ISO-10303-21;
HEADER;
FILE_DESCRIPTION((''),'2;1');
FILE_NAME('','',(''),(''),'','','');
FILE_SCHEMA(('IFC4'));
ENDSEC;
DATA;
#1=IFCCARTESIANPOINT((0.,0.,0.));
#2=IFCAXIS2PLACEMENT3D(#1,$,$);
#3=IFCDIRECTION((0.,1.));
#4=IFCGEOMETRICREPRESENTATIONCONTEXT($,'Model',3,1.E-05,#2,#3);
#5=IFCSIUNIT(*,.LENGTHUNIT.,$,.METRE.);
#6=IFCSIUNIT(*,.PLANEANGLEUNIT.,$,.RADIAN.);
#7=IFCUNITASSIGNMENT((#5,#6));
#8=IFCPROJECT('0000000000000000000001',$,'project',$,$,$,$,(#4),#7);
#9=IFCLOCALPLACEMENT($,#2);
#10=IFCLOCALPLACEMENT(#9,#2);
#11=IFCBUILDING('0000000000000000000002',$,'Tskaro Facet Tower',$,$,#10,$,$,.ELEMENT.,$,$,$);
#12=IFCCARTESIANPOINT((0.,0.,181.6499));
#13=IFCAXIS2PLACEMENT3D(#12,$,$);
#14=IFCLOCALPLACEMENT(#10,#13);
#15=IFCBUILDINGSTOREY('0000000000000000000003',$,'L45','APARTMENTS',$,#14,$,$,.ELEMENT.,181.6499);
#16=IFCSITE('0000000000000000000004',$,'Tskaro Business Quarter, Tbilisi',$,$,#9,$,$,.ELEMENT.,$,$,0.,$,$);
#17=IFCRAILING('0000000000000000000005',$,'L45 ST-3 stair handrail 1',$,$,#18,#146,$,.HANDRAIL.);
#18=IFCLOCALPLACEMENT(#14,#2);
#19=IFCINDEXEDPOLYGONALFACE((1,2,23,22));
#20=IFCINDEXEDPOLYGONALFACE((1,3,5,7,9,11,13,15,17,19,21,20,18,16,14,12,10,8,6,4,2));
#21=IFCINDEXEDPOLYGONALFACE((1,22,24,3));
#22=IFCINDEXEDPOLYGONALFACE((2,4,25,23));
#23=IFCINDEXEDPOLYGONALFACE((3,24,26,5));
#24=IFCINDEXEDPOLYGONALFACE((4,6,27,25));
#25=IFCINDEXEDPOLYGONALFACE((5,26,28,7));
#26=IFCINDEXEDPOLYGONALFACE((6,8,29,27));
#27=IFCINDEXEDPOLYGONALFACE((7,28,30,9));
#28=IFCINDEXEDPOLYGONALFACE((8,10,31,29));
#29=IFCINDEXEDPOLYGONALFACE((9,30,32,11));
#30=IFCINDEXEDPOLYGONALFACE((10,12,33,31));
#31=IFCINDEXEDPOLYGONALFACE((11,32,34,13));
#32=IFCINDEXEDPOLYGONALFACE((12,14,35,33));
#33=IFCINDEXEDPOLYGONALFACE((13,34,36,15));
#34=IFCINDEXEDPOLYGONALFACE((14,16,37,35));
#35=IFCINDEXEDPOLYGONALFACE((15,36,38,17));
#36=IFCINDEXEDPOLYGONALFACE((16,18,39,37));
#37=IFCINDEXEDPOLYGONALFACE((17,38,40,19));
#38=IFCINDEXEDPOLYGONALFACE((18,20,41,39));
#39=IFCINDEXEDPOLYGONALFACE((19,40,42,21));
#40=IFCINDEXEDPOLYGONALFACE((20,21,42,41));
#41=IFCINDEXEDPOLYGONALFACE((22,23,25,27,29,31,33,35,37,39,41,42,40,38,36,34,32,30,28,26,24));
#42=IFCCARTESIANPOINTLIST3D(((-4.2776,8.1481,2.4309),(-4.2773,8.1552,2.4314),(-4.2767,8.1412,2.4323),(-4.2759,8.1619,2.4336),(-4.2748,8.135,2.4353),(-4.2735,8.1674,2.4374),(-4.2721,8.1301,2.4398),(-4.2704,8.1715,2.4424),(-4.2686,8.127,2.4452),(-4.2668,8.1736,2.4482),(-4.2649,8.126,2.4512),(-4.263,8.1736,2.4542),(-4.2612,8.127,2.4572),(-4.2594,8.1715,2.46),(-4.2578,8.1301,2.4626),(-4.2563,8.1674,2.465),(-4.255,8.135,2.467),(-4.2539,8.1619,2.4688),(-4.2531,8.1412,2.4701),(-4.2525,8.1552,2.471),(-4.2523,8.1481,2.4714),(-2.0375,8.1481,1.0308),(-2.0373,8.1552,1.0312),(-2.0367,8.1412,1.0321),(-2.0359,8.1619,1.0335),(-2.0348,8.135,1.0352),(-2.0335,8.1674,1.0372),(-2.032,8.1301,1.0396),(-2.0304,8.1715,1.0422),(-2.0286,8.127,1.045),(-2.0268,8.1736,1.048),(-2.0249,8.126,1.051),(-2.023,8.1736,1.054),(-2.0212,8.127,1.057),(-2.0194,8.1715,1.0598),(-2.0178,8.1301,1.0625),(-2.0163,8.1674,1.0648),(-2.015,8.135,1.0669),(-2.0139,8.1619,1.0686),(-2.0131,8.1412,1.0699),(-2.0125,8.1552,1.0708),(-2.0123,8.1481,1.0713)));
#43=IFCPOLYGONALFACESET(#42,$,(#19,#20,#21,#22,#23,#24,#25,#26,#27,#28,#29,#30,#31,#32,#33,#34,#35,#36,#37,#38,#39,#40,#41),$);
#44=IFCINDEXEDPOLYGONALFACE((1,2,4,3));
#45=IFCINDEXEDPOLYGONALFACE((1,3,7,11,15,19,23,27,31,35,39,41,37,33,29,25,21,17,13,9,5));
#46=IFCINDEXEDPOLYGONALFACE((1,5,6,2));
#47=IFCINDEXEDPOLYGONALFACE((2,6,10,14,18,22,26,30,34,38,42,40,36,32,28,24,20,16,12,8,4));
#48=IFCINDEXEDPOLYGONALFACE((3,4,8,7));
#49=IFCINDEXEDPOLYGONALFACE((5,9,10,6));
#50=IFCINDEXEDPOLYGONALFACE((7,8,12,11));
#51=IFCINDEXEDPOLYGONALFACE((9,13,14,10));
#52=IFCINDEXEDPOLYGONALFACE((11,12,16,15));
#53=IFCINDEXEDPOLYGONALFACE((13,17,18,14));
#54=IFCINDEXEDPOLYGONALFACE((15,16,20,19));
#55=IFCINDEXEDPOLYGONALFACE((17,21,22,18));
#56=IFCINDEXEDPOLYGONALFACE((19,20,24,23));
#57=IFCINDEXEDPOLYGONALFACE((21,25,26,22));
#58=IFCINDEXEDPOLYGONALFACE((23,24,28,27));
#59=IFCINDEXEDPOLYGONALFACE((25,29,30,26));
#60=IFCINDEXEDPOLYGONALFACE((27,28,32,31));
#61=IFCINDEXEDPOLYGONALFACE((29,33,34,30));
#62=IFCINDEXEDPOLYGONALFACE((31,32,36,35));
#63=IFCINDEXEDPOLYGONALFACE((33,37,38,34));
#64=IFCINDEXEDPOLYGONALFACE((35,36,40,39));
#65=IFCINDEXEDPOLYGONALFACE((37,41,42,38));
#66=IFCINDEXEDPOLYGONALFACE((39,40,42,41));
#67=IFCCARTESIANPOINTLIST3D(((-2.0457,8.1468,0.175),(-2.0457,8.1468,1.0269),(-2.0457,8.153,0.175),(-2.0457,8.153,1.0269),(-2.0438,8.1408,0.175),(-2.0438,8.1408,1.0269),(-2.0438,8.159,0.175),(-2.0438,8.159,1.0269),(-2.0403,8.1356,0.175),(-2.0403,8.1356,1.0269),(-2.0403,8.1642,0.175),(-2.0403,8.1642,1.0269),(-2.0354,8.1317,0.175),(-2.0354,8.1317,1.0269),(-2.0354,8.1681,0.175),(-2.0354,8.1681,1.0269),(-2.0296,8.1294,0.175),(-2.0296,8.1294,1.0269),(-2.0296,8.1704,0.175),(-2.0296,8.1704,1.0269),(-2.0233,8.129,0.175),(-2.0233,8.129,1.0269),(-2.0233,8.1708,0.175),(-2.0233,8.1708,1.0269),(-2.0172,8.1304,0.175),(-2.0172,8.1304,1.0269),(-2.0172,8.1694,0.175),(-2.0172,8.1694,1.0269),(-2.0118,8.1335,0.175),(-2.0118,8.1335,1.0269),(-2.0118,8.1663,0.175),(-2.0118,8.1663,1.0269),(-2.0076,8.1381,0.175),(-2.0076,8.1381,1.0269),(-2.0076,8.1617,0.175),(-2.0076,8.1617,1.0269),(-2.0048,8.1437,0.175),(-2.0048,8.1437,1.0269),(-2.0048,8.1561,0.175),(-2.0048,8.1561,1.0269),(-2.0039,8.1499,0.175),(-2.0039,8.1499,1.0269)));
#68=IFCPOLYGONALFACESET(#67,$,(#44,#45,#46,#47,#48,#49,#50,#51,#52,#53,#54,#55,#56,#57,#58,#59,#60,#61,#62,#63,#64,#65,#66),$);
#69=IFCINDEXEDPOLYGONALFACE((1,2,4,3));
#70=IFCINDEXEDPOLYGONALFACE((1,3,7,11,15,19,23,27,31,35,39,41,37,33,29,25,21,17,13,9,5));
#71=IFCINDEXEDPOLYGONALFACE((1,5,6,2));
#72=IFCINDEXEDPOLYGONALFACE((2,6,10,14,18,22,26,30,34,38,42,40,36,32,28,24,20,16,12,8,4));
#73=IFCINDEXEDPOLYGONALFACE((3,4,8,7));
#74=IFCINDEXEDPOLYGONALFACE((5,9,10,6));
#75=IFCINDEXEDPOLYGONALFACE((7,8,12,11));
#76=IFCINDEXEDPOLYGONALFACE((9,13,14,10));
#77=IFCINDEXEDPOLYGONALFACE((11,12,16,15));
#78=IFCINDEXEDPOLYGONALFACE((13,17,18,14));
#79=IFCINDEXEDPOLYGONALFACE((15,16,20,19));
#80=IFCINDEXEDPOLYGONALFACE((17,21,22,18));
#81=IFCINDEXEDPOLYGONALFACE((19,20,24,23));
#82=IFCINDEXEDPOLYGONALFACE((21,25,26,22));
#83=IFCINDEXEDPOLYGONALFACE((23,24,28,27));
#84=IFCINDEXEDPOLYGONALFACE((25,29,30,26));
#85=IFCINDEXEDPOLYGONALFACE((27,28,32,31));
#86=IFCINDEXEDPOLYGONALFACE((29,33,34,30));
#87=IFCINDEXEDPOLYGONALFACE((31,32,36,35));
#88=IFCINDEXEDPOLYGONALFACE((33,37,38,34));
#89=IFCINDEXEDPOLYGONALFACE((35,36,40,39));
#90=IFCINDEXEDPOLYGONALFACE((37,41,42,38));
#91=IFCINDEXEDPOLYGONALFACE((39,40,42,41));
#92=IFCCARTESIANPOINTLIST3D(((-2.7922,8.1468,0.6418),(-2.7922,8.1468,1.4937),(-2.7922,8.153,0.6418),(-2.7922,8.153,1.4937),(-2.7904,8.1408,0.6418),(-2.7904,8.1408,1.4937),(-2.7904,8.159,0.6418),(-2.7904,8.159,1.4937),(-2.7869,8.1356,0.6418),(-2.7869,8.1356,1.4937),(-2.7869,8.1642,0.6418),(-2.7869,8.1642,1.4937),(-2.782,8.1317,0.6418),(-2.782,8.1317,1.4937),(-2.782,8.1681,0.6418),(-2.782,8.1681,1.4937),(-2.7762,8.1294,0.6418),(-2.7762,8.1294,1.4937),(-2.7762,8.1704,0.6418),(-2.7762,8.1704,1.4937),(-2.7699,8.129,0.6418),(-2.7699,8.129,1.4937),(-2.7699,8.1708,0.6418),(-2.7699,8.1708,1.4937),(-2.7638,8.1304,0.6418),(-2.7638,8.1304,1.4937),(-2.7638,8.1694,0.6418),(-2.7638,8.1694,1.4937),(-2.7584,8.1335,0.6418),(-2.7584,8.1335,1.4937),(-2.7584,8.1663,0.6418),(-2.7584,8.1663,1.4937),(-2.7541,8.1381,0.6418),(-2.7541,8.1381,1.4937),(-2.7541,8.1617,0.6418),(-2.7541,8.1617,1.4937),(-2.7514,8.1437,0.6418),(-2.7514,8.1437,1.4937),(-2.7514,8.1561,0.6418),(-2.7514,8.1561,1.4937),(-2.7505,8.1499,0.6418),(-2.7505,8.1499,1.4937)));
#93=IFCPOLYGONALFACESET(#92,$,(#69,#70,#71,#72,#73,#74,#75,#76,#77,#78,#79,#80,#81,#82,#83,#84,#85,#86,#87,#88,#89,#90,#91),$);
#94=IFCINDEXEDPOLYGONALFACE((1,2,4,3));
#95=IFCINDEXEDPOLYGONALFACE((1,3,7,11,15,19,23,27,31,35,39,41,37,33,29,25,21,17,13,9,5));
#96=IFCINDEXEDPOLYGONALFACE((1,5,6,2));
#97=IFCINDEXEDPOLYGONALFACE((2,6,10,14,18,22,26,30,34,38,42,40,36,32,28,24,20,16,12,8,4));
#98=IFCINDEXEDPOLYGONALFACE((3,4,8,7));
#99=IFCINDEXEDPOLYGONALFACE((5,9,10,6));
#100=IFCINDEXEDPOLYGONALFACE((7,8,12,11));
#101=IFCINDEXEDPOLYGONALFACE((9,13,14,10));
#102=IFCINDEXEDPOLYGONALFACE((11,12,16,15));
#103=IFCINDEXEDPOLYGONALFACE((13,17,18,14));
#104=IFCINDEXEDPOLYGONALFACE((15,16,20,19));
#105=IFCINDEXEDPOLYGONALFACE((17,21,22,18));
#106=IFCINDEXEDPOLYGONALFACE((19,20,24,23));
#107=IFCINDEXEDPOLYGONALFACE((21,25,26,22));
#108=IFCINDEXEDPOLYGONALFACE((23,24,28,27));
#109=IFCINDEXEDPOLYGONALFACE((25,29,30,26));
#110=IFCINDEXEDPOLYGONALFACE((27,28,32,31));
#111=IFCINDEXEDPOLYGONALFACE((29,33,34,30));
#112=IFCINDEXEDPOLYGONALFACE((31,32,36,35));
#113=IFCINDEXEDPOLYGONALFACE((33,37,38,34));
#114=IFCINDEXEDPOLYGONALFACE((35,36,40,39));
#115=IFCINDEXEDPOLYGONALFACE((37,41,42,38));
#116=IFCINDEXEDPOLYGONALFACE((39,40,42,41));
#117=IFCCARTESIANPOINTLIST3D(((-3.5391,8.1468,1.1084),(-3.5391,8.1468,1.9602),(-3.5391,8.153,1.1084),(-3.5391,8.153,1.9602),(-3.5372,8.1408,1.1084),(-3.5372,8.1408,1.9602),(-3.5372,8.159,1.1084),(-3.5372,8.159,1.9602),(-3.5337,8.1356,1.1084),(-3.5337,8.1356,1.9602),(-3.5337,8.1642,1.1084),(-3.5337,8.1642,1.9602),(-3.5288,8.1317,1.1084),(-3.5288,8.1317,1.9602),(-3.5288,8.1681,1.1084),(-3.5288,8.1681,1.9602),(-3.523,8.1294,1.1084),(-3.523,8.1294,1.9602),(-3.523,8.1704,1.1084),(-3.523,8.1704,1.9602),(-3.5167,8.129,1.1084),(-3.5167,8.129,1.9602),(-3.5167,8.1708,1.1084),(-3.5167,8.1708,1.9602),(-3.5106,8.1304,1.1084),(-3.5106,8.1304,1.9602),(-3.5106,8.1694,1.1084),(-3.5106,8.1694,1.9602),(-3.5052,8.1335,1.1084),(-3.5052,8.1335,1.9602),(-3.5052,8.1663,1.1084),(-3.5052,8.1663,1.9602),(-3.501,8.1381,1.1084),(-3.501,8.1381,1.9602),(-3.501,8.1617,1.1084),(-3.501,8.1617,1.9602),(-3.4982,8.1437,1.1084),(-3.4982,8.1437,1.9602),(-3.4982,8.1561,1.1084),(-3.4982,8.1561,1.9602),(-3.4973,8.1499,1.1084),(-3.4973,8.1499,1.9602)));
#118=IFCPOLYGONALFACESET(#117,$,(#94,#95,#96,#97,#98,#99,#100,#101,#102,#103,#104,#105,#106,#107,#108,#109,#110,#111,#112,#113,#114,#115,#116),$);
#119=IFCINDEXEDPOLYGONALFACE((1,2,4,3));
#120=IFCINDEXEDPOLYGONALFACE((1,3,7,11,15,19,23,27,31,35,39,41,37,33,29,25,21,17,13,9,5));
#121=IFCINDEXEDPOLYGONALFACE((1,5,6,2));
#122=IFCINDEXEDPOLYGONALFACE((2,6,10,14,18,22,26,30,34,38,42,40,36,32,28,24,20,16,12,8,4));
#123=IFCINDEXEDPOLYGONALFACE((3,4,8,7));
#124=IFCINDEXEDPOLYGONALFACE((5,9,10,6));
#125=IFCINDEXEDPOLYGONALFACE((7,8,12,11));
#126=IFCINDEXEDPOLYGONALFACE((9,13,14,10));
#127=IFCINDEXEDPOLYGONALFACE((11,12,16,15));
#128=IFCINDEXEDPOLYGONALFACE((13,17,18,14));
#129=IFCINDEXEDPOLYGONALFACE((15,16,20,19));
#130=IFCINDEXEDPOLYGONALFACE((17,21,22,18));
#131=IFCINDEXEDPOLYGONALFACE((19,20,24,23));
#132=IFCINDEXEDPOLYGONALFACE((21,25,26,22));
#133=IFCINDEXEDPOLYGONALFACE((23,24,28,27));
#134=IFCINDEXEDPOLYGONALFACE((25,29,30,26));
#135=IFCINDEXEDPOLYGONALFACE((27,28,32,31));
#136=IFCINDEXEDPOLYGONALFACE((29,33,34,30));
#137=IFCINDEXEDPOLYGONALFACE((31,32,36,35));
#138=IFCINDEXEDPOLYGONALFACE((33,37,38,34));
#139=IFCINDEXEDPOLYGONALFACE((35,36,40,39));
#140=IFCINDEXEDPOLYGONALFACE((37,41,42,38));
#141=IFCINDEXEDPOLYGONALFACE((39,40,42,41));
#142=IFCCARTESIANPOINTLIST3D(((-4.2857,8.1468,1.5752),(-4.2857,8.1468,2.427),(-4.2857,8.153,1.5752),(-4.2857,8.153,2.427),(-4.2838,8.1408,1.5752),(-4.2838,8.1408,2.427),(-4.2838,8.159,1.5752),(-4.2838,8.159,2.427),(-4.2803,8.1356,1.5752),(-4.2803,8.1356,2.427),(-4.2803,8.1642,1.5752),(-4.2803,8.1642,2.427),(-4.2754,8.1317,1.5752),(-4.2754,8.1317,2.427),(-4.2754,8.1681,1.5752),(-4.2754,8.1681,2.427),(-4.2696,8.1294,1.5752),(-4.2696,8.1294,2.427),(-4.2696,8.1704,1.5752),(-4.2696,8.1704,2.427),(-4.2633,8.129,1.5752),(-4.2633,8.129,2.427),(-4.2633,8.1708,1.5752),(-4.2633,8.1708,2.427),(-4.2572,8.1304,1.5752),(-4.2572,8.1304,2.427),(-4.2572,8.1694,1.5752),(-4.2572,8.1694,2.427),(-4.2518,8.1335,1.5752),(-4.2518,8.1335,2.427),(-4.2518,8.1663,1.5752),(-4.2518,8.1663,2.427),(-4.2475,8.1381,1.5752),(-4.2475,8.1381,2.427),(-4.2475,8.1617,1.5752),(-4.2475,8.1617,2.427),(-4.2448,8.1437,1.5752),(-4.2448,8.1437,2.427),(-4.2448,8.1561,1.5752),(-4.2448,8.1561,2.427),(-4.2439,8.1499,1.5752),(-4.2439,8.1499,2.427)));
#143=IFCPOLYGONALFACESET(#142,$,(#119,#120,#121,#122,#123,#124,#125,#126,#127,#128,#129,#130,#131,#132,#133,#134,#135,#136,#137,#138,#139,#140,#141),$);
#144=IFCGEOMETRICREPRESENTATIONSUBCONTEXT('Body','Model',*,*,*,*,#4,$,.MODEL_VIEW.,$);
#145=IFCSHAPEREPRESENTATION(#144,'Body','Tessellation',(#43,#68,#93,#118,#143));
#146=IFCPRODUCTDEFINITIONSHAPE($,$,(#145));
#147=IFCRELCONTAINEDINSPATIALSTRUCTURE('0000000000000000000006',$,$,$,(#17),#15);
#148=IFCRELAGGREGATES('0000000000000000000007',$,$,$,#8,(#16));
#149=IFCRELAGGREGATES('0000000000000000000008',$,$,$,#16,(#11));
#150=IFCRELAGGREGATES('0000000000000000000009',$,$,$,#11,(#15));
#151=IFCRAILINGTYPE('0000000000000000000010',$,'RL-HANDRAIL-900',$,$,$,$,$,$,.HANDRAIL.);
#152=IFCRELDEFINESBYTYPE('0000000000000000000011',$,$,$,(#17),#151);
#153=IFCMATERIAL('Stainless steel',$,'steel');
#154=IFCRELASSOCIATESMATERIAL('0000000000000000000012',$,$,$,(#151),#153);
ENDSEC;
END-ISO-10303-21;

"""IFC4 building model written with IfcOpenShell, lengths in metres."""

from ifc_helpers import new_model, si_unit, direction, frame, origin, origin_2d, place, context, subcontext, project, spatial, circle, extrude, material, type_object, element, save


model = new_model("IFC4")

# Units and contexts
model_context = context("Model", 3, precision=1e-05, world=origin(), true_north=direction((0.0, 1.0)))
body_context = subcontext(model_context, "Body", "Model", "MODEL_VIEW")
ifc_project = project(units=[si_unit("LENGTHUNIT", "METRE"), si_unit("PLANEANGLEUNIT", "RADIAN")], contexts=[model_context])

# Site, building, storey
site_placement = place(None, origin())
site = spatial("IfcSite", under=ifc_project, at=site_placement, Name="Tskaro Business Quarter, Tbilisi", CompositionType="ELEMENT", RefElevation=0.0)
building_placement = place(site_placement, origin())
building = spatial("IfcBuilding", under=site, at=building_placement, Name="Tskaro Facet Tower", CompositionType="ELEMENT")
storey_placement = place(building_placement, frame((0.0, 0.0, 181.6499)))
storey = spatial("IfcBuildingStorey", under=building, at=storey_placement, Name="L45", Description="APARTMENTS", CompositionType="ELEMENT", Elevation=181.6499)

# Railing
ifc_material_1 = material(Name="Stainless steel", Category="steel")
railing_type_1 = type_object("IfcRailingType", Name="RL-HANDRAIL-900", PredefinedType="HANDRAIL", material=ifc_material_1)
railing_1_placement = place(storey_placement, frame((-2.0249, 8.1499, 0.175)))
element("IfcRailing", 1, at=railing_1_placement, inside=storey, type_object=railing_type_1, Name="L45 ST-3 stair handrail 1", PredefinedType="HANDRAIL", context=body_context, shape_type="SweptSolid", body=[
    extrude(circle(Radius=0.0239, at=origin_2d()), frame((0.0, 0.0, 0.876), z_axis=(-0.847972, 0.0, 0.53004), x_axis=(0.0, -1.0, 0.0)), (0.0, 0.0, 1.0), 2.6416),
    extrude(circle(Radius=0.021, at=origin_2d()), origin(), (0.0, 0.0, 1.0), 0.8518),
    extrude(circle(Radius=0.021, at=origin_2d()), frame((-0.7466, 0.0, 0.4668)), (0.0, 0.0, 1.0), 0.8518),
    extrude(circle(Radius=0.021, at=origin_2d()), frame((-1.4934, 0.0, 0.9333)), (0.0, 0.0, 1.0), 0.8518),
    extrude(circle(Radius=0.021, at=origin_2d()), frame((-2.24, 0.0, 1.4001)), (0.0, 0.0, 1.0), 0.8518),
])

save(model, "model.ifc")
